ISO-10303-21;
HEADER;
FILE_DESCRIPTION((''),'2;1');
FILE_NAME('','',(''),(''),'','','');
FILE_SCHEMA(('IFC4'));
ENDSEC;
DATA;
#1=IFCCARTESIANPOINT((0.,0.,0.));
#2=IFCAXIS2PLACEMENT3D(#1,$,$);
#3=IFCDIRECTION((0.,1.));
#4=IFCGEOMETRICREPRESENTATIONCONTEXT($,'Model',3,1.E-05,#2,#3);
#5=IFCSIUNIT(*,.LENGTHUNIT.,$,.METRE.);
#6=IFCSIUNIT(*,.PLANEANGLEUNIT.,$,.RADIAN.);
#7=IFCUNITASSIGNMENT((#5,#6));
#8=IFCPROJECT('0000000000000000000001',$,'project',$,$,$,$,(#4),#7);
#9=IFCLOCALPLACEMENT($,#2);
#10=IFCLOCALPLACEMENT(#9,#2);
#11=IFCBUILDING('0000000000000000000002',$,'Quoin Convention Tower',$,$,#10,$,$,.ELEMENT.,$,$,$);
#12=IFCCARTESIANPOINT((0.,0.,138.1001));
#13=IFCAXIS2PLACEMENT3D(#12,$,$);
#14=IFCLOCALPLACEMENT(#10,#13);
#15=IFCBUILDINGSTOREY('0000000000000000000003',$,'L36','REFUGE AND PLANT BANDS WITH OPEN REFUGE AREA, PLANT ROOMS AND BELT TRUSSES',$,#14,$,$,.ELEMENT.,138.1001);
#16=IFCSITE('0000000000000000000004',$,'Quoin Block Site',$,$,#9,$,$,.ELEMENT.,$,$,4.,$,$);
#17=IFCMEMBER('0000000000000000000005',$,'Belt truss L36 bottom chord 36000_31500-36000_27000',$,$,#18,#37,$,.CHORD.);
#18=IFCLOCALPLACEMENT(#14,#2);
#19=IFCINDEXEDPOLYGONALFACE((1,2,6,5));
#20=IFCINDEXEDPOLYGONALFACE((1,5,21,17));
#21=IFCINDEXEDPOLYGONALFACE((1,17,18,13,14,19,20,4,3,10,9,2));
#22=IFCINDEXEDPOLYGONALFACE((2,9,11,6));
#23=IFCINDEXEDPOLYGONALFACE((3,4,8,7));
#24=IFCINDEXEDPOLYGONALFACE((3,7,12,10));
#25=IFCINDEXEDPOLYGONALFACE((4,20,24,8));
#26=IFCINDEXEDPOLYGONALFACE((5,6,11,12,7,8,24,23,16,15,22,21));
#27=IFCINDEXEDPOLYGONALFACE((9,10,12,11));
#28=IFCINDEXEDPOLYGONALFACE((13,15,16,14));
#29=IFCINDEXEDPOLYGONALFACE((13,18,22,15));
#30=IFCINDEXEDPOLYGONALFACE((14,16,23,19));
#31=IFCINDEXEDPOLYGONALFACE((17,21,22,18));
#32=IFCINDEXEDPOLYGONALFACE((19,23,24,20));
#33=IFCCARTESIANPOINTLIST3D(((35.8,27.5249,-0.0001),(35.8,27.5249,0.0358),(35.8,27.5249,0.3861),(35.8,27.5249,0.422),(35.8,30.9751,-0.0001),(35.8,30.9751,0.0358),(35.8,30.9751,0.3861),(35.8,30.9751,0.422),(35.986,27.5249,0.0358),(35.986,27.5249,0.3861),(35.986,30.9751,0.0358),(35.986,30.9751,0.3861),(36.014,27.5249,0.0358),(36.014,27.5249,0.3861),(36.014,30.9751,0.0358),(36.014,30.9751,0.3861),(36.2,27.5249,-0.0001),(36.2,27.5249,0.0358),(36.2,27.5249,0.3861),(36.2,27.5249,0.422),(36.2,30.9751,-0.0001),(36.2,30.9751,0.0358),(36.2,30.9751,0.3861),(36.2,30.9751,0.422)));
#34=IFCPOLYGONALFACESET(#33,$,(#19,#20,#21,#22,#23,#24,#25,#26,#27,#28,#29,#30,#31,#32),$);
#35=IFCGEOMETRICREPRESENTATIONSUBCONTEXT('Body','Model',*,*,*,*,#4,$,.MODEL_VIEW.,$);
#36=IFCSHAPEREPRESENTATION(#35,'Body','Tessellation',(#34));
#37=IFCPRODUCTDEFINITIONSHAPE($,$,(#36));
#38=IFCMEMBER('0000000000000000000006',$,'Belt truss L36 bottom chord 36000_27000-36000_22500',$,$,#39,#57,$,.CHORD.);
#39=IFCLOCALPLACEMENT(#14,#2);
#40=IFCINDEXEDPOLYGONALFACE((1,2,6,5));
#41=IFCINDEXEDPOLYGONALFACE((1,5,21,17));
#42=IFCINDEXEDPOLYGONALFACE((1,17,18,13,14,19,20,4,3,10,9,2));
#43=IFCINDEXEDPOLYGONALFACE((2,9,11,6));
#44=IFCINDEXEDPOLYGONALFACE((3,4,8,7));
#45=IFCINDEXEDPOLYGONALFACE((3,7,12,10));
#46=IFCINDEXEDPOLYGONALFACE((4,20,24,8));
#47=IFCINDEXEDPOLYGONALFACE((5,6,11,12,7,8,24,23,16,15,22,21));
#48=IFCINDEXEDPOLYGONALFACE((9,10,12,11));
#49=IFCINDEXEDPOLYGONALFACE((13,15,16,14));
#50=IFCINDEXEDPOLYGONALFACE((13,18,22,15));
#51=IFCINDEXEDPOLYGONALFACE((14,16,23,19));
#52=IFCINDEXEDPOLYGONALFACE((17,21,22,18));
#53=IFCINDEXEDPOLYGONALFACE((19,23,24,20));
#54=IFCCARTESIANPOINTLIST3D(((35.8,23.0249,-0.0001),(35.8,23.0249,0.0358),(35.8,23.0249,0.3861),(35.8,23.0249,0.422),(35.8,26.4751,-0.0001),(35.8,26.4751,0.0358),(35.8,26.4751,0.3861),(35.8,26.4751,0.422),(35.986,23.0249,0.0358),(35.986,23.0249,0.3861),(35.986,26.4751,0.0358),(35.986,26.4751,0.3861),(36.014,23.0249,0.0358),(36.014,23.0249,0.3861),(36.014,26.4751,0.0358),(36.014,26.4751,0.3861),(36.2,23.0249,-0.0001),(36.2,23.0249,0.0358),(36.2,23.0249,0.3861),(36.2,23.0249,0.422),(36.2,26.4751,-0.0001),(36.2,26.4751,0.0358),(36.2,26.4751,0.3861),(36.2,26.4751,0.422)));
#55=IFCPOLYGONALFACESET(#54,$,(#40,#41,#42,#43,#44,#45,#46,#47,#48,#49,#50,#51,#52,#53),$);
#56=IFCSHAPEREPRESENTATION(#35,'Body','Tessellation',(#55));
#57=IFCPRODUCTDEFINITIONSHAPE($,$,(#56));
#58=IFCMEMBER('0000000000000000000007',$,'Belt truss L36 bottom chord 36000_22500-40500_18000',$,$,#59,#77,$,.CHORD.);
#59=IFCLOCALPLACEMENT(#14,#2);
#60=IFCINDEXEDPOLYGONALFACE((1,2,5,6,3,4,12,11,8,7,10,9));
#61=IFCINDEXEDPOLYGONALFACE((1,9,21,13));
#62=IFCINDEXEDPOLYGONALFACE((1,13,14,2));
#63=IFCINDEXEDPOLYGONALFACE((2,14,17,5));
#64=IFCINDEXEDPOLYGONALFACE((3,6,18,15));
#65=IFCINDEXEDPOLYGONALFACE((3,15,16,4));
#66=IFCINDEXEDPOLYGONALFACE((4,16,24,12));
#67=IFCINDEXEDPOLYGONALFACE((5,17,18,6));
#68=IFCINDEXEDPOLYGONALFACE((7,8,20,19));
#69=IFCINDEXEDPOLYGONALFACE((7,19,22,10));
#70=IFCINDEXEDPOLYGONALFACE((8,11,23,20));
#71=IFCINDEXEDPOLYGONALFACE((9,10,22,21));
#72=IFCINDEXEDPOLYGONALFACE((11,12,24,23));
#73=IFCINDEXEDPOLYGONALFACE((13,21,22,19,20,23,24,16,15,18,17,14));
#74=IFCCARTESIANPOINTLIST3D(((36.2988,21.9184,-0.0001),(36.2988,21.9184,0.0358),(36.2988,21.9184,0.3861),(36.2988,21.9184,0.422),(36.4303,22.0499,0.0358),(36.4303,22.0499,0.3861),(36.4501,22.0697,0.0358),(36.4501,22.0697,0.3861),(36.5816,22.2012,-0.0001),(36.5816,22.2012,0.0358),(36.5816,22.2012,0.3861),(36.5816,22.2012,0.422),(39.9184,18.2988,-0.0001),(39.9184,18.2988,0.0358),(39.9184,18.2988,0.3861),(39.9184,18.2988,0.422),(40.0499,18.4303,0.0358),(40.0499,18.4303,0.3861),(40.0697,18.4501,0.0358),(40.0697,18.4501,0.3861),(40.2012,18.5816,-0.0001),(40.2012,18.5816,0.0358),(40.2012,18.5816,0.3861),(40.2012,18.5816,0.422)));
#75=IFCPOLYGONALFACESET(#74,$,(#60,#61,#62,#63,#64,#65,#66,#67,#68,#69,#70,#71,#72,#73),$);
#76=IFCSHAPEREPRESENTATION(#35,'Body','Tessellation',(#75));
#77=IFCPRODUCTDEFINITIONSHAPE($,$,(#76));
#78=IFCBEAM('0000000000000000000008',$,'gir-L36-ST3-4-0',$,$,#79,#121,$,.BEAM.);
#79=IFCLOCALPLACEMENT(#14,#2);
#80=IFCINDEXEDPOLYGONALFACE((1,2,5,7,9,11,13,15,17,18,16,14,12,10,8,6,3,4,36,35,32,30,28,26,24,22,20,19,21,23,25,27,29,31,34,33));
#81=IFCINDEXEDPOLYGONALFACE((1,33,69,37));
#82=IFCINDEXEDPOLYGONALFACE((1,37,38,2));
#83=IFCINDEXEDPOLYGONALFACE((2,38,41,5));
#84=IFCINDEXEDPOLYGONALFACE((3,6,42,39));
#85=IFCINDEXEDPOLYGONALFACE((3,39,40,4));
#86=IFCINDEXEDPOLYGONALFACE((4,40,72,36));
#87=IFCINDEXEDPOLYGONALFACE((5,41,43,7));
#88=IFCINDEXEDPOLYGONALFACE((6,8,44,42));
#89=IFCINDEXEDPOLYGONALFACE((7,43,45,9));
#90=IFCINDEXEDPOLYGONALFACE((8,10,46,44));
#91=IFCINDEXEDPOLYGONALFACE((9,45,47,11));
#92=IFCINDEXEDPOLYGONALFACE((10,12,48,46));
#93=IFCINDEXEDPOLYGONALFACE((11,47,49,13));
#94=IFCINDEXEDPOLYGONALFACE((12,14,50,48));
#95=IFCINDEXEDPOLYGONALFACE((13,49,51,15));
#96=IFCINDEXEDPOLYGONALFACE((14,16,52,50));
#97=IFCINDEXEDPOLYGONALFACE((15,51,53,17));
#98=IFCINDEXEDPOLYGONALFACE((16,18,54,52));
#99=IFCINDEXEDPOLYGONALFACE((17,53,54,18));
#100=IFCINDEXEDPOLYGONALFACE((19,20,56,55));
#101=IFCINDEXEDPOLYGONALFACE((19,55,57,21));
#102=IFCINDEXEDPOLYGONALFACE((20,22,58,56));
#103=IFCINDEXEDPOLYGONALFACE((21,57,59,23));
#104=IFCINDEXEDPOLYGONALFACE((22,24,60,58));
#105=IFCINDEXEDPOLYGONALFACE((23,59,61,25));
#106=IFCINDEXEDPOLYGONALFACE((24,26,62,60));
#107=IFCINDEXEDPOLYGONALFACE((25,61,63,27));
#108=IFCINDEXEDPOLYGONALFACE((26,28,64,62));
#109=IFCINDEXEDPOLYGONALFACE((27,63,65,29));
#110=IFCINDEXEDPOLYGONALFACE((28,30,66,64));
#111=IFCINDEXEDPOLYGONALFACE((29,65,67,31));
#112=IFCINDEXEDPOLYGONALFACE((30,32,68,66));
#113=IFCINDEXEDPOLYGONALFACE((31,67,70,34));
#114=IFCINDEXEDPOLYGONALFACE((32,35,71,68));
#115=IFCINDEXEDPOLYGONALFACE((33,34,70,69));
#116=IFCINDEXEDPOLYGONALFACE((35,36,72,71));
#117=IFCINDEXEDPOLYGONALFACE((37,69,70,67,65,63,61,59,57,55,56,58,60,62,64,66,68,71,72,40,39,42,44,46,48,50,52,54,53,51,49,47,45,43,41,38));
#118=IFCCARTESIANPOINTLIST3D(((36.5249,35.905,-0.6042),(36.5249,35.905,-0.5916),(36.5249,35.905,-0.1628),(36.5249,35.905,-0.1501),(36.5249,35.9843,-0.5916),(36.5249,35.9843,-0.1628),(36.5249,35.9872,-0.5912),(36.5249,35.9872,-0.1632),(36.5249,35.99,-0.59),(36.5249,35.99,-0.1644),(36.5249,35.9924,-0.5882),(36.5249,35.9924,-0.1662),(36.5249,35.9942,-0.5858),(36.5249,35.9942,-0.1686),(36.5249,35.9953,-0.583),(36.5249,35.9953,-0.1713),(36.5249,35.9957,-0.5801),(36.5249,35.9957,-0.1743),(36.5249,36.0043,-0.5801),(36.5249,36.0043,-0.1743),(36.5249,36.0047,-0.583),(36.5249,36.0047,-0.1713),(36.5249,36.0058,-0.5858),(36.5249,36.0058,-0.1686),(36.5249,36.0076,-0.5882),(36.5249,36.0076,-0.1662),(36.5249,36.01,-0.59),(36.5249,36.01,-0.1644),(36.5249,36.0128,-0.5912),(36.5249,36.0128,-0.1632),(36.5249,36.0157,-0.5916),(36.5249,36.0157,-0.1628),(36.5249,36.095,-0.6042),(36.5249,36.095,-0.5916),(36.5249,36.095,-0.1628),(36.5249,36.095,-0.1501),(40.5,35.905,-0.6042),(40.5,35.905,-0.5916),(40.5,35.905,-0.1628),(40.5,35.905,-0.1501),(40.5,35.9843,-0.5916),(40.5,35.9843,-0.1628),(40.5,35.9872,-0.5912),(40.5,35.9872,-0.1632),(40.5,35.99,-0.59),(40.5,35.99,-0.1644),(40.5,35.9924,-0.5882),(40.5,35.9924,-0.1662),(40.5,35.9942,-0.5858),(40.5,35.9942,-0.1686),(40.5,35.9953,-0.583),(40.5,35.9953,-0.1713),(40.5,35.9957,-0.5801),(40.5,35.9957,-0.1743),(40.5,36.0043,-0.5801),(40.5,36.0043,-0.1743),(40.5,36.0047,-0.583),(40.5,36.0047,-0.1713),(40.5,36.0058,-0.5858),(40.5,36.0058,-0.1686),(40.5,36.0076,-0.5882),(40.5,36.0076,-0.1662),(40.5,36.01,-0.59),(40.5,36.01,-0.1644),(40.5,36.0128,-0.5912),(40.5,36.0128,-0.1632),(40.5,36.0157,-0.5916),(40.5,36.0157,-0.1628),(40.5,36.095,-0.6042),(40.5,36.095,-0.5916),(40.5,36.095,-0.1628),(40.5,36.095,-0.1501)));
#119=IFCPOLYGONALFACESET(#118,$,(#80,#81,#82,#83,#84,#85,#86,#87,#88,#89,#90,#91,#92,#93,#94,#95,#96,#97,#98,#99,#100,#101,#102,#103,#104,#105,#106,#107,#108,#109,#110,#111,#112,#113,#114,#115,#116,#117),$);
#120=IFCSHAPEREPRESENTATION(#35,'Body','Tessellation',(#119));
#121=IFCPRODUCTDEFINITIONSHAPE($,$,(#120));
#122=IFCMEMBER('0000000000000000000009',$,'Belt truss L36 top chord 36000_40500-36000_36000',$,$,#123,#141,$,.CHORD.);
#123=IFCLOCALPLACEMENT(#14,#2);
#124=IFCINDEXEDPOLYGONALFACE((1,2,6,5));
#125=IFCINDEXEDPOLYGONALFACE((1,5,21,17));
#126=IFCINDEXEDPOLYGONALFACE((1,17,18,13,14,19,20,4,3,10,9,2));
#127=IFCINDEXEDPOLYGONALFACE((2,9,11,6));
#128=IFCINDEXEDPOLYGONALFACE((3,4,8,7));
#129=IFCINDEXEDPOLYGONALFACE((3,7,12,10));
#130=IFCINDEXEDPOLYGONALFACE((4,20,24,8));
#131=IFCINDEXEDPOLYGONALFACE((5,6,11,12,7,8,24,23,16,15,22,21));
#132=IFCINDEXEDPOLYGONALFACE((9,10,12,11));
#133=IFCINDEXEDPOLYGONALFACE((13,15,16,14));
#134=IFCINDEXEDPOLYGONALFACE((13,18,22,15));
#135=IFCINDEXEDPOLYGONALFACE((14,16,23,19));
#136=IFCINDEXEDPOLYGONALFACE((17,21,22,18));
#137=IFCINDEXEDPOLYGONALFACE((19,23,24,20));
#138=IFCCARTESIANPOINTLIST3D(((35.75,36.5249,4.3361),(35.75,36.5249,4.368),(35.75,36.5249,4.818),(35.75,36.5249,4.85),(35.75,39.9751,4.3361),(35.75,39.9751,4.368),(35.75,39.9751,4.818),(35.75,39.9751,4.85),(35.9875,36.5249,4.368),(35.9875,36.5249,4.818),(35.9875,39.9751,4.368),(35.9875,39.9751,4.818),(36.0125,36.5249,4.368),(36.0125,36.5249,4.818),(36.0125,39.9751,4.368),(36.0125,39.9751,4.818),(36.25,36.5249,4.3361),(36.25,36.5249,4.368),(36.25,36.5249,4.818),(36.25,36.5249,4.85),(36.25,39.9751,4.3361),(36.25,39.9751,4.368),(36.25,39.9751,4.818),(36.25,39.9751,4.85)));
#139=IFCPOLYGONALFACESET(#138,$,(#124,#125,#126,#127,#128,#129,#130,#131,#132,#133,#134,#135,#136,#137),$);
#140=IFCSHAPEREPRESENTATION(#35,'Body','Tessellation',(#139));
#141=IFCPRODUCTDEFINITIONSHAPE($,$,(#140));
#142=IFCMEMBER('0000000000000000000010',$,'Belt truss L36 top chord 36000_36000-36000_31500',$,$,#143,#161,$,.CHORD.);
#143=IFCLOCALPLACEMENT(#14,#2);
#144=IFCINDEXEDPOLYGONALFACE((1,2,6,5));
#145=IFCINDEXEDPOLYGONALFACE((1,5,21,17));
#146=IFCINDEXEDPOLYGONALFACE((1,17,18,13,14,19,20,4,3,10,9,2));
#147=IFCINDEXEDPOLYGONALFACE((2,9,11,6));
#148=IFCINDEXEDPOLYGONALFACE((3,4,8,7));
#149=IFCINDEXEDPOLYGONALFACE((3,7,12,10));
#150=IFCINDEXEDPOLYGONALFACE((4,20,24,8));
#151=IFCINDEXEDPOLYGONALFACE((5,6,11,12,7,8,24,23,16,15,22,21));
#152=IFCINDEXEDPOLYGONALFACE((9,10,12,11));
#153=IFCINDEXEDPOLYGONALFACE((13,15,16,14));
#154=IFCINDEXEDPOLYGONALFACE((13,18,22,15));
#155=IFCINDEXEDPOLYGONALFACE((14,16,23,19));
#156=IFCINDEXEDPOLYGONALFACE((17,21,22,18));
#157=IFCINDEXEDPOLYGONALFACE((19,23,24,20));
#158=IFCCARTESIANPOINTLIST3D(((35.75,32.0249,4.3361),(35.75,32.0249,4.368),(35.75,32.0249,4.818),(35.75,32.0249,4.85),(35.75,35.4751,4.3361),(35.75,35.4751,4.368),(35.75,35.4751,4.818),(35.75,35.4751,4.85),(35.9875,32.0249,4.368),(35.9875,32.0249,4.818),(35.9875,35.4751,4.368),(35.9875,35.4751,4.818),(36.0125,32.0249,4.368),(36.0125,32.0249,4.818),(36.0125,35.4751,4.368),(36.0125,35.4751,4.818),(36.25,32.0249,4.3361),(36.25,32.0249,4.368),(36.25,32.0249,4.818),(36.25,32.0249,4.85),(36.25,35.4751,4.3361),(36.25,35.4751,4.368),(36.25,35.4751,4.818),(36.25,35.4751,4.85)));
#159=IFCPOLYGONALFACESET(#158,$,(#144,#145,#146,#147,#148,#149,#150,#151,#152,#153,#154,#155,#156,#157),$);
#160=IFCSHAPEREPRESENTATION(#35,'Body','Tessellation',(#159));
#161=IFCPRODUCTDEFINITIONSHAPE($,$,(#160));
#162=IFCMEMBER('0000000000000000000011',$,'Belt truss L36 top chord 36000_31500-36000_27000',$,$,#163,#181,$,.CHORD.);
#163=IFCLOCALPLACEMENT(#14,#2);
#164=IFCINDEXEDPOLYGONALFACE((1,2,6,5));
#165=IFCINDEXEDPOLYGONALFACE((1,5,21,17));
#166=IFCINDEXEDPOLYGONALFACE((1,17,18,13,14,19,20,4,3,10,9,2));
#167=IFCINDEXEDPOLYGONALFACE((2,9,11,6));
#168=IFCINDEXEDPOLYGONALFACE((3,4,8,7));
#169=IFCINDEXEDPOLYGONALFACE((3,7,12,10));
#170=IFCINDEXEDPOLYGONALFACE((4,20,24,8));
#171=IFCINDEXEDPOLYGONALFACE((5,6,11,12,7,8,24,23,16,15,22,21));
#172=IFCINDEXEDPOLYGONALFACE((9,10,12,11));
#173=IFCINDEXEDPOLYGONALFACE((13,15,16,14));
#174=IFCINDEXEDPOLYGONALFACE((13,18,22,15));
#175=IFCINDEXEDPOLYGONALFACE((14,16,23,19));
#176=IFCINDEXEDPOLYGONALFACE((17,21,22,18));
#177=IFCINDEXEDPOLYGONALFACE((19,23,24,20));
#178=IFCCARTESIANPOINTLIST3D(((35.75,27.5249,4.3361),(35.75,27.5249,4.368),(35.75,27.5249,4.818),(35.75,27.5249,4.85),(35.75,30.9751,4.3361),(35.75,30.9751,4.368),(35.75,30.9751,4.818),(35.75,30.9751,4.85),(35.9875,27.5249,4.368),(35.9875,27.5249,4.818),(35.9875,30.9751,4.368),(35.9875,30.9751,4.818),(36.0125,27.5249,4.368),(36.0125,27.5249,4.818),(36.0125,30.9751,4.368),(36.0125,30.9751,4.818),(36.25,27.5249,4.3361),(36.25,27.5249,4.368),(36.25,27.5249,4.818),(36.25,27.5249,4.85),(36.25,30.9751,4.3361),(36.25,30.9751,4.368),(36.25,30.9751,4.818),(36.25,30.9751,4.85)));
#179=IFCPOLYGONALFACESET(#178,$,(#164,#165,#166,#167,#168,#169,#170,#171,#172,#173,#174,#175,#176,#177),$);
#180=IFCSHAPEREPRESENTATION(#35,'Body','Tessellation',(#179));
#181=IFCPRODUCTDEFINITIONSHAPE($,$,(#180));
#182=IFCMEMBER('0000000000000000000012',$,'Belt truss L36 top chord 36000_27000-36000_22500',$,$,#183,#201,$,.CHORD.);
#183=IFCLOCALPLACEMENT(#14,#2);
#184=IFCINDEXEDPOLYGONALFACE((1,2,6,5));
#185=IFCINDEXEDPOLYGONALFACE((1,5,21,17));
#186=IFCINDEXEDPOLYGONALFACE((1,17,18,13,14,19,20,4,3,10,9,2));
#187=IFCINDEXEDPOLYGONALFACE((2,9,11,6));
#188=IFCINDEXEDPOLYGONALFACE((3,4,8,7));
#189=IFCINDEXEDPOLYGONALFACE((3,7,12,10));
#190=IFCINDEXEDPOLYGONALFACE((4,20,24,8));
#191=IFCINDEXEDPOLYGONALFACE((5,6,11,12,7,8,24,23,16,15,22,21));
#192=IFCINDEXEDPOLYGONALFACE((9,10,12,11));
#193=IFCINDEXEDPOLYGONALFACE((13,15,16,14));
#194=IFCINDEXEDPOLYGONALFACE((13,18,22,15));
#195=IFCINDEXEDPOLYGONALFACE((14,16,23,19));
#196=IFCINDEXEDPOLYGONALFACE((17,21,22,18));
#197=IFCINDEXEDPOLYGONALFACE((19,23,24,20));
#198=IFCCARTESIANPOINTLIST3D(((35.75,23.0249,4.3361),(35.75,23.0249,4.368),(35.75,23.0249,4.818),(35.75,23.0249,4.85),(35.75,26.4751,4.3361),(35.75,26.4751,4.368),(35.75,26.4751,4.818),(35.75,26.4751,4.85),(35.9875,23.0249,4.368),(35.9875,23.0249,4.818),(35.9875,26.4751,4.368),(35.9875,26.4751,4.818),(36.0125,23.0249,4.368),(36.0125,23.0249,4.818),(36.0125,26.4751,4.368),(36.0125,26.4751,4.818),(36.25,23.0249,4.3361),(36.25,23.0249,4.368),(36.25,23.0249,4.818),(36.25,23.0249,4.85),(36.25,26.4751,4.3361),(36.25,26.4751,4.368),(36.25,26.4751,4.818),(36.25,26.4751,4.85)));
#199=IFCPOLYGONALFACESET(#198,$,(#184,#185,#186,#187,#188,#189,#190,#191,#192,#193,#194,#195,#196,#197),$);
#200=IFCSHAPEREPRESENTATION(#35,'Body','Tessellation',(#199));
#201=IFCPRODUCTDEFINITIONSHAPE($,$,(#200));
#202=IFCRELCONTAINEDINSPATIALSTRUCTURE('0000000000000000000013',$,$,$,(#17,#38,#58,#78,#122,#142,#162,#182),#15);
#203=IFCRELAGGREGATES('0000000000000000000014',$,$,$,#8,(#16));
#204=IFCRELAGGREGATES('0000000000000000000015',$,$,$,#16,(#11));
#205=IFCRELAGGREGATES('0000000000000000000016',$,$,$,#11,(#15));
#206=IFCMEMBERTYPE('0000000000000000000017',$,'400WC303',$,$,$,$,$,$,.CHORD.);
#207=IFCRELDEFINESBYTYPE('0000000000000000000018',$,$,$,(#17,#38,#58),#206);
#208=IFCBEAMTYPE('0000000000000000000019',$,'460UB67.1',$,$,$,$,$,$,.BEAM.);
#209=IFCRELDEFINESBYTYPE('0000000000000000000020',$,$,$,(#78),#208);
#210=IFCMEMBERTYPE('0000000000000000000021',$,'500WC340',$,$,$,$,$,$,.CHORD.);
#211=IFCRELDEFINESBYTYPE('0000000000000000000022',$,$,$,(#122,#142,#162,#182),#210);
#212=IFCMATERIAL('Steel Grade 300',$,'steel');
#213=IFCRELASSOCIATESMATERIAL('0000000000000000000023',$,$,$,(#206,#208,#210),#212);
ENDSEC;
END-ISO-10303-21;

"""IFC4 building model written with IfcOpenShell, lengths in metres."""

from ifc_helpers import new_model, si_unit, direction, frame, origin, origin_2d, place, context, subcontext, project, spatial, i_section, extrude, material, material_profile, profile_set, type_object, element, save


model = new_model("IFC4")

# Units and contexts
model_context = context("Model", 3, precision=1e-05, world=origin(), true_north=direction((0.0, 1.0)))
body_context = subcontext(model_context, "Body", "Model", "MODEL_VIEW")
ifc_project = project(units=[si_unit("LENGTHUNIT", "METRE"), si_unit("PLANEANGLEUNIT", "RADIAN")], contexts=[model_context])

# Site, building, storey
site_placement = place(None, origin())
site = spatial("IfcSite", under=ifc_project, at=site_placement, Name="Quoin Block Site", CompositionType="ELEMENT", RefElevation=4.0)
building_placement = place(site_placement, origin())
building = spatial("IfcBuilding", under=site, at=building_placement, Name="Quoin Convention Tower", CompositionType="ELEMENT")
storey_placement = place(building_placement, frame((0.0, 0.0, 138.1001)))
storey = spatial("IfcBuildingStorey", under=building, at=storey_placement, Name="L36", Description="REFUGE AND PLANT BANDS WITH OPEN REFUGE AREA, PLANT ROOMS AND BELT TRUSSES", CompositionType="ELEMENT", Elevation=138.1001)

# Shared definitions
ifc_material_1 = material(Name="Steel Grade 300", Category="steel")

# Members
ifc_material_profile_1 = material_profile(ifc_material_1, i_section(OverallWidth=0.3999, OverallDepth=0.4221, WebThickness=0.0281, FlangeThickness=0.0359, at=origin_2d()), Name="400WC303")
ifc_profile_set_1 = profile_set([ifc_material_profile_1], Name="Steel Grade 300")
member_type_1 = type_object("IfcMemberType", Name="400WC303", PredefinedType="CHORD", material=ifc_profile_set_1)
for number, where, z_axis, x_axis, name in (
    (1, (36.0, 30.9751, 0.2109), (0.0, -1.0, 0.0), (1.0, 0.0, 0.0), "Belt truss L36 bottom chord 36000_31500-36000_27000"),
    (2, (36.0, 26.4751, 0.2109), (0.0, -1.0, 0.0), (1.0, 0.0, 0.0), "Belt truss L36 bottom chord 36000_27000-36000_22500"),
):
    element("IfcMember", number, at=place(storey_placement, frame(where, z_axis=z_axis, x_axis=x_axis)), inside=storey, type_object=member_type_1, Name=name, PredefinedType="CHORD", context=body_context, shape_type="SweptSolid", body=[
        extrude(i_section(OverallWidth=0.3999, OverallDepth=0.4221, WebThickness=0.0281, FlangeThickness=0.0359, at=origin_2d()), origin(), (0.0, 0.0, 1.0), 3.4502),
    ])
member_1_placement = place(storey_placement, frame((36.4402, 22.0598, 0.2109), z_axis=(0.707107, -0.707107, 0.0), x_axis=(0.707107, 0.707107, 0.0)))
element("IfcMember", 3, at=member_1_placement, inside=storey, type_object=member_type_1, Name="Belt truss L36 bottom chord 36000_22500-40500_18000", PredefinedType="CHORD", context=body_context, shape_type="SweptSolid", body=[
    extrude(i_section(OverallWidth=0.3999, OverallDepth=0.4221, WebThickness=0.0281, FlangeThickness=0.0359, at=origin_2d()), origin(), (0.0, 0.0, 1.0), 5.1189),
])

# Beam
ifc_material_profile_2 = material_profile(ifc_material_1, i_section(OverallWidth=0.1899, OverallDepth=0.4541, WebThickness=0.0085, FlangeThickness=0.0127, FilletRadius=0.0115, at=origin_2d()), Name="460UB67.1")
ifc_profile_set_2 = profile_set([ifc_material_profile_2], Name="Steel Grade 300")
beam_type_1 = type_object("IfcBeamType", Name="460UB67.1", PredefinedType="BEAM", material=ifc_profile_set_2)
beam_1_placement = place(storey_placement, frame((36.5249, 36.0, -0.3772), z_axis=(1.0, 0.0, 0.0), x_axis=(0.0, 1.0, 0.0)))
element("IfcBeam", 4, at=beam_1_placement, inside=storey, type_object=beam_type_1, Name="gir-L36-ST3-4-0", PredefinedType="BEAM", context=body_context, shape_type="SweptSolid", body=[
    extrude(i_section(OverallWidth=0.1899, OverallDepth=0.4541, WebThickness=0.0085, FlangeThickness=0.0127, FilletRadius=0.0115, at=origin_2d()), origin(), (0.0, 0.0, 1.0), 3.9751),
])

# Members
ifc_material_profile_3 = material_profile(ifc_material_1, i_section(OverallWidth=0.5, OverallDepth=0.5139, WebThickness=0.0249, FlangeThickness=0.032, at=origin_2d()), Name="500WC340")
ifc_profile_set_3 = profile_set([ifc_material_profile_3], Name="Steel Grade 300")
member_type_2 = type_object("IfcMemberType", Name="500WC340", PredefinedType="CHORD", material=ifc_profile_set_3)
for number, where, z_axis, x_axis, name in (
    (5, (36.0, 39.9751, 4.593), (0.0, -1.0, 0.0), (1.0, 0.0, 0.0), "Belt truss L36 top chord 36000_40500-36000_36000"),
    (6, (36.0, 35.4751, 4.593), (0.0, -1.0, 0.0), (1.0, 0.0, 0.0), "Belt truss L36 top chord 36000_36000-36000_31500"),
    (7, (36.0, 30.9751, 4.593), (0.0, -1.0, 0.0), (1.0, 0.0, 0.0), "Belt truss L36 top chord 36000_31500-36000_27000"),
    (8, (36.0, 26.4751, 4.593), (0.0, -1.0, 0.0), (1.0, 0.0, 0.0), "Belt truss L36 top chord 36000_27000-36000_22500"),
):
    element("IfcMember", number, at=place(storey_placement, frame(where, z_axis=z_axis, x_axis=x_axis)), inside=storey, type_object=member_type_2, Name=name, PredefinedType="CHORD", context=body_context, shape_type="SweptSolid", body=[
        extrude(i_section(OverallWidth=0.5, OverallDepth=0.5139, WebThickness=0.0249, FlangeThickness=0.032, at=origin_2d()), origin(), (0.0, 0.0, 1.0), 3.4502),
    ])

save(model, "model.ifc")
